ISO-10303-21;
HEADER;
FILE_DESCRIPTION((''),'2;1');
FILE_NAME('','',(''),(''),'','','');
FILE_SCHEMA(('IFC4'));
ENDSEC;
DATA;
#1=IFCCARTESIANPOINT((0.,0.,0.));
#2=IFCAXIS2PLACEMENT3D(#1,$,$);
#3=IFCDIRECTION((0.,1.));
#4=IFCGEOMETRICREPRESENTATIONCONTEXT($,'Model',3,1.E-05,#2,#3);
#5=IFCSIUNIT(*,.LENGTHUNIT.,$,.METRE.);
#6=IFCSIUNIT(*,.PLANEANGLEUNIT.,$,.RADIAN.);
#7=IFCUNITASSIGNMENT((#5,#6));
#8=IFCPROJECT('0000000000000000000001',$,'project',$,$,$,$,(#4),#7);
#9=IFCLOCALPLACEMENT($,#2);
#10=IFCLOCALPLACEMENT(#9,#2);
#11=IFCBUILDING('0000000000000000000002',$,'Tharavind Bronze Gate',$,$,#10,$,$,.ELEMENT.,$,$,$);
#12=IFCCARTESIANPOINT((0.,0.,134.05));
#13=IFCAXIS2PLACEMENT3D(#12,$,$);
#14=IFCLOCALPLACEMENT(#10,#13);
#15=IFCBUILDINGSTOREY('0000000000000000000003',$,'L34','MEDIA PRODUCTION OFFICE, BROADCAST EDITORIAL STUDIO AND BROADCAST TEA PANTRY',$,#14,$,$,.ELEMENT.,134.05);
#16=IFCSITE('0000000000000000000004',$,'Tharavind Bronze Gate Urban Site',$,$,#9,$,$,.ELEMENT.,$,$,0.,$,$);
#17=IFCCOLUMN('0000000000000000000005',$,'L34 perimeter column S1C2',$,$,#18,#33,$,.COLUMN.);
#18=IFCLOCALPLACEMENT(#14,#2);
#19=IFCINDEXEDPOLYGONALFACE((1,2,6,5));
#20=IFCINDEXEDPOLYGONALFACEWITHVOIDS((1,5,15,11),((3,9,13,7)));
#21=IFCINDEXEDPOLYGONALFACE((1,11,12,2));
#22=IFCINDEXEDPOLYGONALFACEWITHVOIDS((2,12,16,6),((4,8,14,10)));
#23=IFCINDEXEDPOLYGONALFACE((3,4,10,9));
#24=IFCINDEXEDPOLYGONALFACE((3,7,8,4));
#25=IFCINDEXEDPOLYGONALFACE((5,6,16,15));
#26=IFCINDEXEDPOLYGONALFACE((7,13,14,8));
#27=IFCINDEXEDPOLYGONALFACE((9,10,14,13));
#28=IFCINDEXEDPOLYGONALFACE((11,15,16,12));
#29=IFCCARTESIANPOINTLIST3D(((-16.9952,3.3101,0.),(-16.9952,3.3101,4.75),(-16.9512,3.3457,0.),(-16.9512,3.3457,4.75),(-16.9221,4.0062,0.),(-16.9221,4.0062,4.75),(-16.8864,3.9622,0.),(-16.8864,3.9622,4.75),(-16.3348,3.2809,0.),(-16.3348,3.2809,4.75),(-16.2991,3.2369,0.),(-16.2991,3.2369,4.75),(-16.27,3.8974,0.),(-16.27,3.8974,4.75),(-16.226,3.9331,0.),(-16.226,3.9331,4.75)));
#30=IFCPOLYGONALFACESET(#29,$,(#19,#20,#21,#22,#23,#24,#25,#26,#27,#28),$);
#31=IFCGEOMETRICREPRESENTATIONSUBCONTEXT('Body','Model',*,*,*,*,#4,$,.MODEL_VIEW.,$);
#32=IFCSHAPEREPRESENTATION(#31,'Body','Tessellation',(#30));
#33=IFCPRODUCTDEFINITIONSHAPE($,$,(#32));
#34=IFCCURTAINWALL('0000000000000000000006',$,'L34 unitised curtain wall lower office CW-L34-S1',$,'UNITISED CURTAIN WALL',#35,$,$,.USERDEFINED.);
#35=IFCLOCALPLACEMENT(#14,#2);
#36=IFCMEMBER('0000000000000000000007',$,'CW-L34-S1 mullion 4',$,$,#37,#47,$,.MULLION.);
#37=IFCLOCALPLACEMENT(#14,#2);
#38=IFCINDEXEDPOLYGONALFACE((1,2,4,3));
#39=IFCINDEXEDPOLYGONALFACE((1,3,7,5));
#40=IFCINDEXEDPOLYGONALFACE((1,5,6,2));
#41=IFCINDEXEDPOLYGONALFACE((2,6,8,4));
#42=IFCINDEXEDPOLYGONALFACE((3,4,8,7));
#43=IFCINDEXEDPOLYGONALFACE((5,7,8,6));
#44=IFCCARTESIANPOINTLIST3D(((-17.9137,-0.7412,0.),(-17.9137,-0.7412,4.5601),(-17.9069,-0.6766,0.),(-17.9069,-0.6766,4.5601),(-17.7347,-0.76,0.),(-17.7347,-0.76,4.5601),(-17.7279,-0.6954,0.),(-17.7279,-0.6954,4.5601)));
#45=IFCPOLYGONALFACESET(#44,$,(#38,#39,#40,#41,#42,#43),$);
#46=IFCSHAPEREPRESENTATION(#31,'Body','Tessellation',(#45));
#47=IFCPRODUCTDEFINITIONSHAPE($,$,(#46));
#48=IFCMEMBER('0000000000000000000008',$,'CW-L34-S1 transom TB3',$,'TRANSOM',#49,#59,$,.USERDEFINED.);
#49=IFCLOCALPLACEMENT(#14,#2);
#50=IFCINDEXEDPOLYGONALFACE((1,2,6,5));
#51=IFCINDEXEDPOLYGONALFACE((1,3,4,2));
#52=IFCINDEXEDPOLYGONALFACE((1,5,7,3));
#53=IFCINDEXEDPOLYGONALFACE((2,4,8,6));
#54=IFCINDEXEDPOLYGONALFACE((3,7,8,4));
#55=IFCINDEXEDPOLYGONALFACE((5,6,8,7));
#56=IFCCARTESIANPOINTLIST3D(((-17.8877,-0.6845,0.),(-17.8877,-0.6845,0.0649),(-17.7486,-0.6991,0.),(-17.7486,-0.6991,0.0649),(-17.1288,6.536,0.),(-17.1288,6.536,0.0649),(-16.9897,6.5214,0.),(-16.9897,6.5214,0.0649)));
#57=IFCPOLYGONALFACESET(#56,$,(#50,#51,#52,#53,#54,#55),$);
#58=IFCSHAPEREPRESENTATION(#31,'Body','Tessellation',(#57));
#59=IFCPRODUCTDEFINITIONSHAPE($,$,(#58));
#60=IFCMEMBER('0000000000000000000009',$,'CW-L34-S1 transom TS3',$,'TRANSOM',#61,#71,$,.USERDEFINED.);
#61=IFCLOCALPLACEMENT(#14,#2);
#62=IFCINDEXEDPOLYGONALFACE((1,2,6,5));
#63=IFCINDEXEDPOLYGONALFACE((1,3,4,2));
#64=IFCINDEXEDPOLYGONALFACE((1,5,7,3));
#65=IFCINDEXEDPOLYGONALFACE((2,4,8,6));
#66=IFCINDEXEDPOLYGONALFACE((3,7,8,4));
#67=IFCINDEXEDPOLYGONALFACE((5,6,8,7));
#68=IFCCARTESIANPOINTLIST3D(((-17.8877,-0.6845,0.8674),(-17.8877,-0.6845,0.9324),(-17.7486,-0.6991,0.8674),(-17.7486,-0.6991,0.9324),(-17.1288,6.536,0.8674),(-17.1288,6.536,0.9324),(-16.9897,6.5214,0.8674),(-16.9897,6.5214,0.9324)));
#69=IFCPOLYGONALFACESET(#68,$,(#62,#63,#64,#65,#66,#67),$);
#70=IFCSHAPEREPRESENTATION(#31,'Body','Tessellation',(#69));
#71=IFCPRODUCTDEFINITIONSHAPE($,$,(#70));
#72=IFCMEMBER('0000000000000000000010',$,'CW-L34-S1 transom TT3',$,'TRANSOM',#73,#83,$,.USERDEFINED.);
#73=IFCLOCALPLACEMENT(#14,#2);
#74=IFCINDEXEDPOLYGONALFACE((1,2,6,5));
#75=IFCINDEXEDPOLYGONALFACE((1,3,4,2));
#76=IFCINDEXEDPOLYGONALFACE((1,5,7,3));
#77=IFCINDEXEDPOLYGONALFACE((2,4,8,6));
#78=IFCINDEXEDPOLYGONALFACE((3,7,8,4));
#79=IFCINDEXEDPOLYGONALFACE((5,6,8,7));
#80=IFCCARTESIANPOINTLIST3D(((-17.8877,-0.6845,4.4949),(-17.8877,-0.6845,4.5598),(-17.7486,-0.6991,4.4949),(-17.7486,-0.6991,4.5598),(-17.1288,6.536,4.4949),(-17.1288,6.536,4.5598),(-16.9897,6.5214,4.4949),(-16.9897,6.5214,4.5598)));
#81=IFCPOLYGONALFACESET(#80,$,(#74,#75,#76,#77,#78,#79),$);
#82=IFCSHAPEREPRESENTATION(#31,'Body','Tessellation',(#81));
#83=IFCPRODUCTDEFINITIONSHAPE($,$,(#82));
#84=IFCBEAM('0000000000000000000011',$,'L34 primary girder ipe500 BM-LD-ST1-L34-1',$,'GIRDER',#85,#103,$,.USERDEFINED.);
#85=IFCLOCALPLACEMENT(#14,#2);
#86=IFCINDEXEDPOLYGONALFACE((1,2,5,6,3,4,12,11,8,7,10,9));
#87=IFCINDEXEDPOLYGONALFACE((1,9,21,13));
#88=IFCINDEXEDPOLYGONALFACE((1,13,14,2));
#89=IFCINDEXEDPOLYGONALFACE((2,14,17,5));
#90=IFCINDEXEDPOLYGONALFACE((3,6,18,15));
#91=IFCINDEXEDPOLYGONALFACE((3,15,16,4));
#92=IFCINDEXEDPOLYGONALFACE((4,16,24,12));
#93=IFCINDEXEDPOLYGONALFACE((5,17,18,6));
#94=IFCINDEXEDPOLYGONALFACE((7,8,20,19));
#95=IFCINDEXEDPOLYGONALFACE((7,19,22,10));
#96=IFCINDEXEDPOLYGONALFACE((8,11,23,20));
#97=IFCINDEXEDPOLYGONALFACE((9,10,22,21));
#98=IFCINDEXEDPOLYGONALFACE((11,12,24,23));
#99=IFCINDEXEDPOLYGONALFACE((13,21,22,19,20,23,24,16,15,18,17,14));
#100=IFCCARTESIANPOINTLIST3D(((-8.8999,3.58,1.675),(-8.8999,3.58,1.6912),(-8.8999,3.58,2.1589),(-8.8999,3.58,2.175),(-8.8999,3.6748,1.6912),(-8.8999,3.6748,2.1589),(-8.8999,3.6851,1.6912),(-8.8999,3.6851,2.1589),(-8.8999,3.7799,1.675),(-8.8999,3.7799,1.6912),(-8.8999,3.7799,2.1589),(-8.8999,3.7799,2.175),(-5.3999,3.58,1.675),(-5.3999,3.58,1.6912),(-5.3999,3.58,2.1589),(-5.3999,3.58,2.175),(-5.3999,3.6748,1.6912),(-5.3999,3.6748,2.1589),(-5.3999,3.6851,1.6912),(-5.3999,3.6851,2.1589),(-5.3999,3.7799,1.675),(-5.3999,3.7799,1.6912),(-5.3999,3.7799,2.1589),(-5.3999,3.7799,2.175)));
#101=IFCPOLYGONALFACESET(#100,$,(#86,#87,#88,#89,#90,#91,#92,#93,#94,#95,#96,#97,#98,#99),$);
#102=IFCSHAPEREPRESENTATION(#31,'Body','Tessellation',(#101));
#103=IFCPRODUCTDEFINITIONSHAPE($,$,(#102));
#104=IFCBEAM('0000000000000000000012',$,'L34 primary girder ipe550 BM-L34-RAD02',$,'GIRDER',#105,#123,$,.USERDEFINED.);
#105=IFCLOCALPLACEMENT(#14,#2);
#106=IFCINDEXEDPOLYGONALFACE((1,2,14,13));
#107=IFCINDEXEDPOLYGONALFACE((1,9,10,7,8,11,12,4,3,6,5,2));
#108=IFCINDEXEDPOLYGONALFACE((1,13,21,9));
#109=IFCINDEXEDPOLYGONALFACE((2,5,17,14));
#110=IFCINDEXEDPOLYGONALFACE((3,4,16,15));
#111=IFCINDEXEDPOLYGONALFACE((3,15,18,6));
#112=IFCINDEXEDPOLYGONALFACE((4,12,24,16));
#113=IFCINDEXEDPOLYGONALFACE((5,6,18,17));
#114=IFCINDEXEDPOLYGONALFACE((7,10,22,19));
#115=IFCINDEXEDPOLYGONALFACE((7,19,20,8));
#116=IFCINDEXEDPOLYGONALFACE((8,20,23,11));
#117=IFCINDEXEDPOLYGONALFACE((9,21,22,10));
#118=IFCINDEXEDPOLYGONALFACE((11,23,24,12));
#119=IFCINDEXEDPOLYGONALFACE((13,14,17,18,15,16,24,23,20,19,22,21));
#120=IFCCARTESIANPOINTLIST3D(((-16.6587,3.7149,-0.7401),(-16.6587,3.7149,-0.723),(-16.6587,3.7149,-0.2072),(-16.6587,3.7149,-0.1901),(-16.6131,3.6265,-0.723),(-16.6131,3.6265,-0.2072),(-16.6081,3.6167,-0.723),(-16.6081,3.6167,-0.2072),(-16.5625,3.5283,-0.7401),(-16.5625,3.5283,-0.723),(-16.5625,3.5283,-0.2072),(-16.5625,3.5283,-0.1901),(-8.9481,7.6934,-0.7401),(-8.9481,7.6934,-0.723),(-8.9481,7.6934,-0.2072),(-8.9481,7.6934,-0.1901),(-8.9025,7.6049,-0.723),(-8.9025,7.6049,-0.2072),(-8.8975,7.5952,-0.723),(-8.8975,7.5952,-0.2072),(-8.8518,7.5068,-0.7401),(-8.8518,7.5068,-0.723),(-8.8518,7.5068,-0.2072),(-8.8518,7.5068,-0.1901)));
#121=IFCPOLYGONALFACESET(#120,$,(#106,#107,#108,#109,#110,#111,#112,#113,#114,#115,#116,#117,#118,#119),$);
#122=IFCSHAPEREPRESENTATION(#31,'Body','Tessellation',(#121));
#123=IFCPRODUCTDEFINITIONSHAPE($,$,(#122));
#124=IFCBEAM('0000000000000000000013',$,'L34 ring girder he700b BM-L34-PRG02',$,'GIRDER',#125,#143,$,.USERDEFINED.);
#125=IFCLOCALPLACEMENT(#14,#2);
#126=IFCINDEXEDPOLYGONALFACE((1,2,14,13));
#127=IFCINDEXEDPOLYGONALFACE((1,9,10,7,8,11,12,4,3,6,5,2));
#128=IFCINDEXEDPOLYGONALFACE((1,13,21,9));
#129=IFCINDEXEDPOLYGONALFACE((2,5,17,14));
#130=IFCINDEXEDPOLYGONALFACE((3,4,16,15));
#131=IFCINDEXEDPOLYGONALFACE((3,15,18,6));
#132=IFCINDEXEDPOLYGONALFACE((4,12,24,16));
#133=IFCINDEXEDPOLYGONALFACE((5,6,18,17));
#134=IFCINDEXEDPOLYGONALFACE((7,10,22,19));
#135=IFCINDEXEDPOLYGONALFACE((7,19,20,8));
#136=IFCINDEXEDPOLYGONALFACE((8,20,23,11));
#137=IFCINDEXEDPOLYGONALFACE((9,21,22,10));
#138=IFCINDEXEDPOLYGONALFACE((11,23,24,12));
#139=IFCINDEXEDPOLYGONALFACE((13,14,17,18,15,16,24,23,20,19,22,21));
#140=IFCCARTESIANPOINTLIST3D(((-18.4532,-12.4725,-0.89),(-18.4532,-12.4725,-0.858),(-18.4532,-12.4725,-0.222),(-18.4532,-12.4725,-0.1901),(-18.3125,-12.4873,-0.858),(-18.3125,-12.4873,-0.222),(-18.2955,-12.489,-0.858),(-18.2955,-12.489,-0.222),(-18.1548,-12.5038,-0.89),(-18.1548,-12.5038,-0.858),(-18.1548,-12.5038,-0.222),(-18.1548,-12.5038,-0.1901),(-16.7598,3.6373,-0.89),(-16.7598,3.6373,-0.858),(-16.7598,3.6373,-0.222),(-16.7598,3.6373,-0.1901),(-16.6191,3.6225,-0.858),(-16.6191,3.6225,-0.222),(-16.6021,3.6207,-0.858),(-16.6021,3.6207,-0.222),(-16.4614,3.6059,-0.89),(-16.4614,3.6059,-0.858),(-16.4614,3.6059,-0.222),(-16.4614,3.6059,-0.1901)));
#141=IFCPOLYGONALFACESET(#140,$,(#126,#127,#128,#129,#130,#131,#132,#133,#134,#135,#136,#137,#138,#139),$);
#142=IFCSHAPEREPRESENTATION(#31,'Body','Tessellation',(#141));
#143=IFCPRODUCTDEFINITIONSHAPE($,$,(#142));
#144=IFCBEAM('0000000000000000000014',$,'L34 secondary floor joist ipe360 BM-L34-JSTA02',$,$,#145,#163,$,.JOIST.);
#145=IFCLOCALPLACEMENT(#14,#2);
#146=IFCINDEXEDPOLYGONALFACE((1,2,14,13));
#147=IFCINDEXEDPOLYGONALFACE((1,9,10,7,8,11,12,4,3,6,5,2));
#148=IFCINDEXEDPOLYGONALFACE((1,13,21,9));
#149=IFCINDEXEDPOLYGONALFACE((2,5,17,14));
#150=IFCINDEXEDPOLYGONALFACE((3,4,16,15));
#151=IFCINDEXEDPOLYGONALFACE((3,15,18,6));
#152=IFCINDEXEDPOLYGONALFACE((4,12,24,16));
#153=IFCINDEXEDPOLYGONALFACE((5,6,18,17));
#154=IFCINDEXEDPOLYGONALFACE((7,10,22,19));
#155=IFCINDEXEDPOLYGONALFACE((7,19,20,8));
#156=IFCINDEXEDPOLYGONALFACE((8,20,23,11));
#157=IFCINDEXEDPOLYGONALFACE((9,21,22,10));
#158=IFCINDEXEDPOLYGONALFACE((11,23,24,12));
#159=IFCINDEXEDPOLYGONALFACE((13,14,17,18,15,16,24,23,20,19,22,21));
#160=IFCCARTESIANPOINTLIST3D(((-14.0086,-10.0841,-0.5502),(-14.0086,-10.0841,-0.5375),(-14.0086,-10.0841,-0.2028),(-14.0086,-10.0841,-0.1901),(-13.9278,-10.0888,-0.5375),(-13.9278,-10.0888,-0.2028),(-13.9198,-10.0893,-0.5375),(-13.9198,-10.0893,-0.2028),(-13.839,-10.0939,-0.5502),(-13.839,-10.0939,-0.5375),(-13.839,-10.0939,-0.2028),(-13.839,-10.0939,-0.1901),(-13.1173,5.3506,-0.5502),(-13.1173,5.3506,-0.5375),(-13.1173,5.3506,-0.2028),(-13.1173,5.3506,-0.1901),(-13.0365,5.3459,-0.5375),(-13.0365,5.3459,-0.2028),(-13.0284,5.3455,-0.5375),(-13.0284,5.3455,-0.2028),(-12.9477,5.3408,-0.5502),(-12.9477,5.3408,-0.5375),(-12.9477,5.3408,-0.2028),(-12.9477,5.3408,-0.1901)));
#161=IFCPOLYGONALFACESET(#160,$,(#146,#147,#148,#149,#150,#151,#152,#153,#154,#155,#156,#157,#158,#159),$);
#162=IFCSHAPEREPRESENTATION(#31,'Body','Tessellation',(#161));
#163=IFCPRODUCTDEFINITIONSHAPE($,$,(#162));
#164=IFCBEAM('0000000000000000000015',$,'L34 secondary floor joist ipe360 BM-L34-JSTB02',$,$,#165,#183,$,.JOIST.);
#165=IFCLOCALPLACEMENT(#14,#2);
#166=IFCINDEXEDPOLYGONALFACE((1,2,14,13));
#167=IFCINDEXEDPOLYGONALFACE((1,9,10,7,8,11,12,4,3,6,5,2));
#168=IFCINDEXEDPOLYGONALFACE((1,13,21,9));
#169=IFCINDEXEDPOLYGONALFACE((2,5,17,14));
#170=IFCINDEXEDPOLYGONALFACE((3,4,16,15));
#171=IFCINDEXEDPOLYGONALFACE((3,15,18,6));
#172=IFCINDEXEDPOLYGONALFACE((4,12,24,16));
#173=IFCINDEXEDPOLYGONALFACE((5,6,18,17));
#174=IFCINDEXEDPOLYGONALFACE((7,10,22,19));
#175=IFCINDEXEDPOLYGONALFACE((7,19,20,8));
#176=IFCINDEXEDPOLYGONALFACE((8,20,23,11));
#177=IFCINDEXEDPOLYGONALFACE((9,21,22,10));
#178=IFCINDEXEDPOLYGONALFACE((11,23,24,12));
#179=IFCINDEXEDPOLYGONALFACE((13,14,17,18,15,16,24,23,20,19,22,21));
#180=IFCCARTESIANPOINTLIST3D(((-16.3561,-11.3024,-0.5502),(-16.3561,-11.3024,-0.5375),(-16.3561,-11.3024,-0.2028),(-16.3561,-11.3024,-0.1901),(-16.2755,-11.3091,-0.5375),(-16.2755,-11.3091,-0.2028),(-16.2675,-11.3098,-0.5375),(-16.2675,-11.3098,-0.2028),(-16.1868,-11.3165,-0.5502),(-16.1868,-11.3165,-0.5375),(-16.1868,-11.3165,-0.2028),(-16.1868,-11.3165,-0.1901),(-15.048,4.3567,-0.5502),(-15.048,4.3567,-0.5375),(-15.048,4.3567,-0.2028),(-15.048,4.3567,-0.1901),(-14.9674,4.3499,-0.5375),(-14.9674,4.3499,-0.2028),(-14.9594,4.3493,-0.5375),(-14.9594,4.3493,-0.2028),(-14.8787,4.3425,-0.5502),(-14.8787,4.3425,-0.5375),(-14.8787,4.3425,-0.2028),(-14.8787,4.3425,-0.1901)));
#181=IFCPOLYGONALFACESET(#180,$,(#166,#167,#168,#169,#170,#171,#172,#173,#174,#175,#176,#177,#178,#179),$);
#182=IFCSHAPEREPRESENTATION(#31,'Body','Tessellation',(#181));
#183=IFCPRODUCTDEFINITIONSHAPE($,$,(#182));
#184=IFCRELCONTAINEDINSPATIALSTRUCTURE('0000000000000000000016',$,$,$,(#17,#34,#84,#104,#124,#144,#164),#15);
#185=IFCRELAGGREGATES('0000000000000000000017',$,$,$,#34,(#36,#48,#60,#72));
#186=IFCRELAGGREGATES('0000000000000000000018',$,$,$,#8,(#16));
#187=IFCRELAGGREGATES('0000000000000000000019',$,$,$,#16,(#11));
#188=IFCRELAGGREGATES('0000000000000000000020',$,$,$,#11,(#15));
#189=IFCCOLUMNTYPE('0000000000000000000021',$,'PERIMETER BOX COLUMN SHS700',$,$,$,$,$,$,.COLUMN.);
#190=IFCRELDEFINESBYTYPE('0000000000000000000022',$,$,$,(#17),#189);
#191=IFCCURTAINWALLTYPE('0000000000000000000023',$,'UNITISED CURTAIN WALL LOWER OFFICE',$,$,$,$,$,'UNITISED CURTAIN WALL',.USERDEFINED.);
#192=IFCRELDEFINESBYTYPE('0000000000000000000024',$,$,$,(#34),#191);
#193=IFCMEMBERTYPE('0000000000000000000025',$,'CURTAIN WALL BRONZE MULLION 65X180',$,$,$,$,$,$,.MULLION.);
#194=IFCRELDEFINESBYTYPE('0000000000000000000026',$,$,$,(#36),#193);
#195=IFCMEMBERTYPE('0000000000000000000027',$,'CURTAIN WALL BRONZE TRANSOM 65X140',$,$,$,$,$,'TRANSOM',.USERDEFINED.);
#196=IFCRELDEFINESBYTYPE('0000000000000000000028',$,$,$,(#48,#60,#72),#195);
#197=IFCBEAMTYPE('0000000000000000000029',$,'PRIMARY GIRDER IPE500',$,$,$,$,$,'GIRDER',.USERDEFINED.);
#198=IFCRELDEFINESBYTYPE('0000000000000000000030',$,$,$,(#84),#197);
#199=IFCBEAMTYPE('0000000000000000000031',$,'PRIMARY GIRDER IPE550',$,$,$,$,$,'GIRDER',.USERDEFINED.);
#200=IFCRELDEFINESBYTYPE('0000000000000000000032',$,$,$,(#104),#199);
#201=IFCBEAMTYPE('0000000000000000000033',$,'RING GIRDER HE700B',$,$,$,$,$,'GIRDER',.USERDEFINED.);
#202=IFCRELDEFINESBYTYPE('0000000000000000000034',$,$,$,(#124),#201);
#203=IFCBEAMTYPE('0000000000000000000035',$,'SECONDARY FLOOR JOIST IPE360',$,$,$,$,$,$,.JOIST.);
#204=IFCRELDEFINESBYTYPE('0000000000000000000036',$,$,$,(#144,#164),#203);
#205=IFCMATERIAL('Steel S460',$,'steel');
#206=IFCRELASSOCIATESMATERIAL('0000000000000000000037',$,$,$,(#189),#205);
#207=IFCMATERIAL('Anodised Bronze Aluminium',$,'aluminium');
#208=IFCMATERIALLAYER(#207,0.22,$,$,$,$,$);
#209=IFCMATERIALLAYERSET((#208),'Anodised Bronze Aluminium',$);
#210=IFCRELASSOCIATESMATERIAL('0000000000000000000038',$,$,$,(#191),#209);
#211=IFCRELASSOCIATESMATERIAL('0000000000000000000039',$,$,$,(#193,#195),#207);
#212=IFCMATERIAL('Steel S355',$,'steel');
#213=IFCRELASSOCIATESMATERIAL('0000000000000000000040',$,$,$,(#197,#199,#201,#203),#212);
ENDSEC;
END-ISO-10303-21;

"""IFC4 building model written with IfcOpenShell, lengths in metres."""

from ifc_helpers import new_model, si_unit, direction, frame, origin, origin_2d, place, context, subcontext, project, spatial, rectangle, hollow_rectangle, i_section, extrude, material, layer, layer_set, material_profile, profile_set, type_object, element, aggregate, save


model = new_model("IFC4")

# Units and contexts
model_context = context("Model", 3, precision=1e-05, world=origin(), true_north=direction((0.0, 1.0)))
body_context = subcontext(model_context, "Body", "Model", "MODEL_VIEW")
ifc_project = project(units=[si_unit("LENGTHUNIT", "METRE"), si_unit("PLANEANGLEUNIT", "RADIAN")], contexts=[model_context])

# Site, building, storey
site_placement = place(None, origin())
site = spatial("IfcSite", under=ifc_project, at=site_placement, Name="Tharavind Bronze Gate Urban Site", CompositionType="ELEMENT", RefElevation=0.0)
building_placement = place(site_placement, origin())
building = spatial("IfcBuilding", under=site, at=building_placement, Name="Tharavind Bronze Gate", CompositionType="ELEMENT")
storey_placement = place(building_placement, frame((0.0, 0.0, 134.05)))
storey = spatial("IfcBuildingStorey", under=building, at=storey_placement, Name="L34", Description="MEDIA PRODUCTION OFFICE, BROADCAST EDITORIAL STUDIO AND BROADCAST TEA PANTRY", CompositionType="ELEMENT", Elevation=134.05)

# Column
ifc_material_1 = material(Name="Steel S460", Category="steel")
ifc_material_profile_1 = material_profile(ifc_material_1, hollow_rectangle(XDim=0.7, YDim=0.7, WallThickness=0.04, at=origin_2d()), Name="SHS700X40")
ifc_profile_set_1 = profile_set([ifc_material_profile_1], Name="Steel S460")
column_type = type_object("IfcColumnType", Name="PERIMETER BOX COLUMN SHS700", PredefinedType="COLUMN", material=ifc_profile_set_1)
column_placement = place(storey_placement, frame((-16.6106, 3.6216, 0.0), z_axis=(0.0, 0.0, 1.0), x_axis=(0.10453, 0.994522, 0.0)))
element("IfcColumn", 1, at=column_placement, inside=storey, type_object=column_type, Name="L34 perimeter column S1C2", PredefinedType="COLUMN", context=body_context, shape_type="SweptSolid", body=[
    extrude(hollow_rectangle(XDim=0.7, YDim=0.7, WallThickness=0.04, at=origin_2d()), origin(), (0.0, 0.0, 1.0), 4.75),
])

# Curtain wall, members
ifc_material_2 = material(Name="Anodised Bronze Aluminium", Category="aluminium")
ifc_layer_1 = layer(ifc_material_2, 0.22)
ifc_layer_set_1 = layer_set([ifc_layer_1], Name="Anodised Bronze Aluminium")
curtain_wall_type = type_object("IfcCurtainWallType", Name="UNITISED CURTAIN WALL LOWER OFFICE", ElementType="UNITISED CURTAIN WALL", PredefinedType="USERDEFINED", material=ifc_layer_set_1)
curtain_wall_placement = place(storey_placement, origin())
curtain_wall = element("IfcCurtainWall", 2, at=curtain_wall_placement, inside=storey, type_object=curtain_wall_type, Name="L34 unitised curtain wall lower office CW-L34-S1", ObjectType="UNITISED CURTAIN WALL", PredefinedType="USERDEFINED")
member_type_1 = type_object("IfcMemberType", Name="CURTAIN WALL BRONZE MULLION 65X180", PredefinedType="MULLION", material=ifc_material_2)
member_1_placement = place(storey_placement, frame((-17.8208, -0.7183, 0.0), z_axis=(0.0, 0.0, 1.0), x_axis=(-0.104527, -0.994522, 0.0)))
member_1 = element("IfcMember", 3, at=member_1_placement, type_object=member_type_1, Name="CW-L34-S1 mullion 4", PredefinedType="MULLION", context=body_context, shape_type="SweptSolid", body=[
    extrude(rectangle(XDim=0.0649, YDim=0.1799, at=origin_2d()), origin(), (0.0, 0.0, 1.0), 4.5601),
])
member_type_2 = type_object("IfcMemberType", Name="CURTAIN WALL BRONZE TRANSOM 65X140", ElementType="TRANSOM", PredefinedType="USERDEFINED", material=ifc_material_2)
member_2_placement = place(storey_placement, frame((-17.4387, 2.9185, 0.0), z_axis=(0.0, 0.0, 1.0), x_axis=(-0.104527, -0.994522, 0.0)))
member_2 = element("IfcMember", 4, at=member_2_placement, type_object=member_type_2, Name="CW-L34-S1 transom TB3", ObjectType="TRANSOM", PredefinedType="USERDEFINED", context=body_context, shape_type="SweptSolid", body=[
    extrude(rectangle(XDim=7.2603, YDim=0.1399, at=origin_2d()), origin(), (0.0, 0.0, 1.0), 0.0649),
])
member_3_placement = place(storey_placement, frame((-17.4387, 2.9185, 0.8674), z_axis=(0.0, 0.0, 1.0), x_axis=(-0.104527, -0.994522, 0.0)))
member_3 = element("IfcMember", 5, at=member_3_placement, type_object=member_type_2, Name="CW-L34-S1 transom TS3", ObjectType="TRANSOM", PredefinedType="USERDEFINED", context=body_context, shape_type="SweptSolid", body=[
    extrude(rectangle(XDim=7.2603, YDim=0.1399, at=origin_2d()), origin(), (0.0, 0.0, 1.0), 0.0649),
])
member_4_placement = place(storey_placement, frame((-17.4387, 2.9185, 4.4949), z_axis=(0.0, 0.0, 1.0), x_axis=(-0.104527, -0.994522, 0.0)))
member_4 = element("IfcMember", 6, at=member_4_placement, type_object=member_type_2, Name="CW-L34-S1 transom TT3", ObjectType="TRANSOM", PredefinedType="USERDEFINED", context=body_context, shape_type="SweptSolid", body=[
    extrude(rectangle(XDim=7.2603, YDim=0.1399, at=origin_2d()), origin(), (0.0, 0.0, 1.0), 0.0649),
])

# Beams
ifc_material_3 = material(Name="Steel S355", Category="steel")
ifc_material_profile_2 = material_profile(ifc_material_3, i_section(OverallWidth=0.2, OverallDepth=0.5, WebThickness=0.0103, FlangeThickness=0.0161, at=origin_2d()), Name="IPE500")
ifc_profile_set_2 = profile_set([ifc_material_profile_2], Name="Steel S355")
beam_type_1 = type_object("IfcBeamType", Name="PRIMARY GIRDER IPE500", ElementType="GIRDER", PredefinedType="USERDEFINED", material=ifc_profile_set_2)
beam_1_placement = place(storey_placement, frame((-8.8999, 3.6799, 1.925), z_axis=(1.0, 0.0, 0.0), x_axis=(0.0, 1.0, 0.0)))
element("IfcBeam", 7, at=beam_1_placement, inside=storey, type_object=beam_type_1, Name="L34 primary girder ipe500 BM-LD-ST1-L34-1", ObjectType="GIRDER", PredefinedType="USERDEFINED", context=body_context, shape_type="SweptSolid", body=[
    extrude(i_section(OverallWidth=0.2, OverallDepth=0.5, WebThickness=0.0103, FlangeThickness=0.0161, at=origin_2d()), origin(), (0.0, 0.0, 1.0), 3.5),
])
ifc_material_profile_3 = material_profile(ifc_material_3, i_section(OverallWidth=0.21, OverallDepth=0.55, WebThickness=0.011, FlangeThickness=0.0171, at=origin_2d()), Name="IPE550")
ifc_profile_set_3 = profile_set([ifc_material_profile_3], Name="Steel S355")
beam_type_2 = type_object("IfcBeamType", Name="PRIMARY GIRDER IPE550", ElementType="GIRDER", PredefinedType="USERDEFINED", material=ifc_profile_set_3)
beam_2_placement = place(storey_placement, frame((-16.6106, 3.6216, -0.4651), z_axis=(0.888677, 0.458534, 0.0), x_axis=(-0.458534, 0.888677, 0.0)))
element("IfcBeam", 8, at=beam_2_placement, inside=storey, type_object=beam_type_2, Name="L34 primary girder ipe550 BM-L34-RAD02", ObjectType="GIRDER", PredefinedType="USERDEFINED", context=body_context, shape_type="SweptSolid", body=[
    extrude(i_section(OverallWidth=0.21, OverallDepth=0.55, WebThickness=0.011, FlangeThickness=0.0171, at=origin_2d()), origin(), (0.0, 0.0, 1.0), 8.6765),
])
ifc_material_profile_4 = material_profile(ifc_material_3, i_section(OverallWidth=0.3, OverallDepth=0.7, WebThickness=0.0171, FlangeThickness=0.032, at=origin_2d()), Name="HE700B")
ifc_profile_set_4 = profile_set([ifc_material_profile_4], Name="Steel S355")
beam_type_3 = type_object("IfcBeamType", Name="RING GIRDER HE700B", ElementType="GIRDER", PredefinedType="USERDEFINED", material=ifc_profile_set_4)
beam_3_placement = place(storey_placement, frame((-16.6106, 3.6216, -0.54), z_axis=(-0.104539, -0.994521, 0.0), x_axis=(0.994521, -0.104539, 0.0)))
element("IfcBeam", 9, at=beam_3_placement, inside=storey, type_object=beam_type_3, Name="L34 ring girder he700b BM-L34-PRG02", ObjectType="GIRDER", PredefinedType="USERDEFINED", context=body_context, shape_type="SweptSolid", body=[
    extrude(i_section(OverallWidth=0.3, OverallDepth=0.7, WebThickness=0.0171, FlangeThickness=0.032, at=origin_2d()), origin(), (0.0, 0.0, 1.0), 16.1985),
])
ifc_material_profile_5 = material_profile(ifc_material_3, i_section(OverallWidth=0.1699, OverallDepth=0.3601, WebThickness=0.0081, FlangeThickness=0.0127, at=origin_2d()), Name="IPE360")
ifc_profile_set_5 = profile_set([ifc_material_profile_5], Name="Steel S355")
beam_type_4 = type_object("IfcBeamType", Name="SECONDARY FLOOR JOIST IPE360", PredefinedType="JOIST", material=ifc_profile_set_5)
beam_4_placement = place(storey_placement, frame((-13.0325, 5.3457, -0.3701), z_axis=(-0.057654, -0.998337, 0.0), x_axis=(0.998337, -0.057654, 0.0)))
element("IfcBeam", 10, at=beam_4_placement, inside=storey, type_object=beam_type_4, Name="L34 secondary floor joist ipe360 BM-L34-JSTA02", PredefinedType="JOIST", context=body_context, shape_type="SweptSolid", body=[
    extrude(i_section(OverallWidth=0.1699, OverallDepth=0.3601, WebThickness=0.0081, FlangeThickness=0.0127, at=origin_2d()), origin(), (0.0, 0.0, 1.0), 15.4604),
])
beam_5_placement = place(storey_placement, frame((-14.9634, 4.3496, -0.3701), z_axis=(-0.083246, -0.996529, 0.0), x_axis=(0.996529, -0.083246, 0.0)))
element("IfcBeam", 11, at=beam_5_placement, inside=storey, type_object=beam_type_4, Name="L34 secondary floor joist ipe360 BM-L34-JSTB02", PredefinedType="JOIST", context=body_context, shape_type="SweptSolid", body=[
    extrude(i_section(OverallWidth=0.1699, OverallDepth=0.3601, WebThickness=0.0081, FlangeThickness=0.0127, at=origin_2d()), origin(), (0.0, 0.0, 1.0), 15.7136),
])

aggregate(curtain_wall, [member_1, member_2, member_3, member_4])

save(model, "model.ifc")
